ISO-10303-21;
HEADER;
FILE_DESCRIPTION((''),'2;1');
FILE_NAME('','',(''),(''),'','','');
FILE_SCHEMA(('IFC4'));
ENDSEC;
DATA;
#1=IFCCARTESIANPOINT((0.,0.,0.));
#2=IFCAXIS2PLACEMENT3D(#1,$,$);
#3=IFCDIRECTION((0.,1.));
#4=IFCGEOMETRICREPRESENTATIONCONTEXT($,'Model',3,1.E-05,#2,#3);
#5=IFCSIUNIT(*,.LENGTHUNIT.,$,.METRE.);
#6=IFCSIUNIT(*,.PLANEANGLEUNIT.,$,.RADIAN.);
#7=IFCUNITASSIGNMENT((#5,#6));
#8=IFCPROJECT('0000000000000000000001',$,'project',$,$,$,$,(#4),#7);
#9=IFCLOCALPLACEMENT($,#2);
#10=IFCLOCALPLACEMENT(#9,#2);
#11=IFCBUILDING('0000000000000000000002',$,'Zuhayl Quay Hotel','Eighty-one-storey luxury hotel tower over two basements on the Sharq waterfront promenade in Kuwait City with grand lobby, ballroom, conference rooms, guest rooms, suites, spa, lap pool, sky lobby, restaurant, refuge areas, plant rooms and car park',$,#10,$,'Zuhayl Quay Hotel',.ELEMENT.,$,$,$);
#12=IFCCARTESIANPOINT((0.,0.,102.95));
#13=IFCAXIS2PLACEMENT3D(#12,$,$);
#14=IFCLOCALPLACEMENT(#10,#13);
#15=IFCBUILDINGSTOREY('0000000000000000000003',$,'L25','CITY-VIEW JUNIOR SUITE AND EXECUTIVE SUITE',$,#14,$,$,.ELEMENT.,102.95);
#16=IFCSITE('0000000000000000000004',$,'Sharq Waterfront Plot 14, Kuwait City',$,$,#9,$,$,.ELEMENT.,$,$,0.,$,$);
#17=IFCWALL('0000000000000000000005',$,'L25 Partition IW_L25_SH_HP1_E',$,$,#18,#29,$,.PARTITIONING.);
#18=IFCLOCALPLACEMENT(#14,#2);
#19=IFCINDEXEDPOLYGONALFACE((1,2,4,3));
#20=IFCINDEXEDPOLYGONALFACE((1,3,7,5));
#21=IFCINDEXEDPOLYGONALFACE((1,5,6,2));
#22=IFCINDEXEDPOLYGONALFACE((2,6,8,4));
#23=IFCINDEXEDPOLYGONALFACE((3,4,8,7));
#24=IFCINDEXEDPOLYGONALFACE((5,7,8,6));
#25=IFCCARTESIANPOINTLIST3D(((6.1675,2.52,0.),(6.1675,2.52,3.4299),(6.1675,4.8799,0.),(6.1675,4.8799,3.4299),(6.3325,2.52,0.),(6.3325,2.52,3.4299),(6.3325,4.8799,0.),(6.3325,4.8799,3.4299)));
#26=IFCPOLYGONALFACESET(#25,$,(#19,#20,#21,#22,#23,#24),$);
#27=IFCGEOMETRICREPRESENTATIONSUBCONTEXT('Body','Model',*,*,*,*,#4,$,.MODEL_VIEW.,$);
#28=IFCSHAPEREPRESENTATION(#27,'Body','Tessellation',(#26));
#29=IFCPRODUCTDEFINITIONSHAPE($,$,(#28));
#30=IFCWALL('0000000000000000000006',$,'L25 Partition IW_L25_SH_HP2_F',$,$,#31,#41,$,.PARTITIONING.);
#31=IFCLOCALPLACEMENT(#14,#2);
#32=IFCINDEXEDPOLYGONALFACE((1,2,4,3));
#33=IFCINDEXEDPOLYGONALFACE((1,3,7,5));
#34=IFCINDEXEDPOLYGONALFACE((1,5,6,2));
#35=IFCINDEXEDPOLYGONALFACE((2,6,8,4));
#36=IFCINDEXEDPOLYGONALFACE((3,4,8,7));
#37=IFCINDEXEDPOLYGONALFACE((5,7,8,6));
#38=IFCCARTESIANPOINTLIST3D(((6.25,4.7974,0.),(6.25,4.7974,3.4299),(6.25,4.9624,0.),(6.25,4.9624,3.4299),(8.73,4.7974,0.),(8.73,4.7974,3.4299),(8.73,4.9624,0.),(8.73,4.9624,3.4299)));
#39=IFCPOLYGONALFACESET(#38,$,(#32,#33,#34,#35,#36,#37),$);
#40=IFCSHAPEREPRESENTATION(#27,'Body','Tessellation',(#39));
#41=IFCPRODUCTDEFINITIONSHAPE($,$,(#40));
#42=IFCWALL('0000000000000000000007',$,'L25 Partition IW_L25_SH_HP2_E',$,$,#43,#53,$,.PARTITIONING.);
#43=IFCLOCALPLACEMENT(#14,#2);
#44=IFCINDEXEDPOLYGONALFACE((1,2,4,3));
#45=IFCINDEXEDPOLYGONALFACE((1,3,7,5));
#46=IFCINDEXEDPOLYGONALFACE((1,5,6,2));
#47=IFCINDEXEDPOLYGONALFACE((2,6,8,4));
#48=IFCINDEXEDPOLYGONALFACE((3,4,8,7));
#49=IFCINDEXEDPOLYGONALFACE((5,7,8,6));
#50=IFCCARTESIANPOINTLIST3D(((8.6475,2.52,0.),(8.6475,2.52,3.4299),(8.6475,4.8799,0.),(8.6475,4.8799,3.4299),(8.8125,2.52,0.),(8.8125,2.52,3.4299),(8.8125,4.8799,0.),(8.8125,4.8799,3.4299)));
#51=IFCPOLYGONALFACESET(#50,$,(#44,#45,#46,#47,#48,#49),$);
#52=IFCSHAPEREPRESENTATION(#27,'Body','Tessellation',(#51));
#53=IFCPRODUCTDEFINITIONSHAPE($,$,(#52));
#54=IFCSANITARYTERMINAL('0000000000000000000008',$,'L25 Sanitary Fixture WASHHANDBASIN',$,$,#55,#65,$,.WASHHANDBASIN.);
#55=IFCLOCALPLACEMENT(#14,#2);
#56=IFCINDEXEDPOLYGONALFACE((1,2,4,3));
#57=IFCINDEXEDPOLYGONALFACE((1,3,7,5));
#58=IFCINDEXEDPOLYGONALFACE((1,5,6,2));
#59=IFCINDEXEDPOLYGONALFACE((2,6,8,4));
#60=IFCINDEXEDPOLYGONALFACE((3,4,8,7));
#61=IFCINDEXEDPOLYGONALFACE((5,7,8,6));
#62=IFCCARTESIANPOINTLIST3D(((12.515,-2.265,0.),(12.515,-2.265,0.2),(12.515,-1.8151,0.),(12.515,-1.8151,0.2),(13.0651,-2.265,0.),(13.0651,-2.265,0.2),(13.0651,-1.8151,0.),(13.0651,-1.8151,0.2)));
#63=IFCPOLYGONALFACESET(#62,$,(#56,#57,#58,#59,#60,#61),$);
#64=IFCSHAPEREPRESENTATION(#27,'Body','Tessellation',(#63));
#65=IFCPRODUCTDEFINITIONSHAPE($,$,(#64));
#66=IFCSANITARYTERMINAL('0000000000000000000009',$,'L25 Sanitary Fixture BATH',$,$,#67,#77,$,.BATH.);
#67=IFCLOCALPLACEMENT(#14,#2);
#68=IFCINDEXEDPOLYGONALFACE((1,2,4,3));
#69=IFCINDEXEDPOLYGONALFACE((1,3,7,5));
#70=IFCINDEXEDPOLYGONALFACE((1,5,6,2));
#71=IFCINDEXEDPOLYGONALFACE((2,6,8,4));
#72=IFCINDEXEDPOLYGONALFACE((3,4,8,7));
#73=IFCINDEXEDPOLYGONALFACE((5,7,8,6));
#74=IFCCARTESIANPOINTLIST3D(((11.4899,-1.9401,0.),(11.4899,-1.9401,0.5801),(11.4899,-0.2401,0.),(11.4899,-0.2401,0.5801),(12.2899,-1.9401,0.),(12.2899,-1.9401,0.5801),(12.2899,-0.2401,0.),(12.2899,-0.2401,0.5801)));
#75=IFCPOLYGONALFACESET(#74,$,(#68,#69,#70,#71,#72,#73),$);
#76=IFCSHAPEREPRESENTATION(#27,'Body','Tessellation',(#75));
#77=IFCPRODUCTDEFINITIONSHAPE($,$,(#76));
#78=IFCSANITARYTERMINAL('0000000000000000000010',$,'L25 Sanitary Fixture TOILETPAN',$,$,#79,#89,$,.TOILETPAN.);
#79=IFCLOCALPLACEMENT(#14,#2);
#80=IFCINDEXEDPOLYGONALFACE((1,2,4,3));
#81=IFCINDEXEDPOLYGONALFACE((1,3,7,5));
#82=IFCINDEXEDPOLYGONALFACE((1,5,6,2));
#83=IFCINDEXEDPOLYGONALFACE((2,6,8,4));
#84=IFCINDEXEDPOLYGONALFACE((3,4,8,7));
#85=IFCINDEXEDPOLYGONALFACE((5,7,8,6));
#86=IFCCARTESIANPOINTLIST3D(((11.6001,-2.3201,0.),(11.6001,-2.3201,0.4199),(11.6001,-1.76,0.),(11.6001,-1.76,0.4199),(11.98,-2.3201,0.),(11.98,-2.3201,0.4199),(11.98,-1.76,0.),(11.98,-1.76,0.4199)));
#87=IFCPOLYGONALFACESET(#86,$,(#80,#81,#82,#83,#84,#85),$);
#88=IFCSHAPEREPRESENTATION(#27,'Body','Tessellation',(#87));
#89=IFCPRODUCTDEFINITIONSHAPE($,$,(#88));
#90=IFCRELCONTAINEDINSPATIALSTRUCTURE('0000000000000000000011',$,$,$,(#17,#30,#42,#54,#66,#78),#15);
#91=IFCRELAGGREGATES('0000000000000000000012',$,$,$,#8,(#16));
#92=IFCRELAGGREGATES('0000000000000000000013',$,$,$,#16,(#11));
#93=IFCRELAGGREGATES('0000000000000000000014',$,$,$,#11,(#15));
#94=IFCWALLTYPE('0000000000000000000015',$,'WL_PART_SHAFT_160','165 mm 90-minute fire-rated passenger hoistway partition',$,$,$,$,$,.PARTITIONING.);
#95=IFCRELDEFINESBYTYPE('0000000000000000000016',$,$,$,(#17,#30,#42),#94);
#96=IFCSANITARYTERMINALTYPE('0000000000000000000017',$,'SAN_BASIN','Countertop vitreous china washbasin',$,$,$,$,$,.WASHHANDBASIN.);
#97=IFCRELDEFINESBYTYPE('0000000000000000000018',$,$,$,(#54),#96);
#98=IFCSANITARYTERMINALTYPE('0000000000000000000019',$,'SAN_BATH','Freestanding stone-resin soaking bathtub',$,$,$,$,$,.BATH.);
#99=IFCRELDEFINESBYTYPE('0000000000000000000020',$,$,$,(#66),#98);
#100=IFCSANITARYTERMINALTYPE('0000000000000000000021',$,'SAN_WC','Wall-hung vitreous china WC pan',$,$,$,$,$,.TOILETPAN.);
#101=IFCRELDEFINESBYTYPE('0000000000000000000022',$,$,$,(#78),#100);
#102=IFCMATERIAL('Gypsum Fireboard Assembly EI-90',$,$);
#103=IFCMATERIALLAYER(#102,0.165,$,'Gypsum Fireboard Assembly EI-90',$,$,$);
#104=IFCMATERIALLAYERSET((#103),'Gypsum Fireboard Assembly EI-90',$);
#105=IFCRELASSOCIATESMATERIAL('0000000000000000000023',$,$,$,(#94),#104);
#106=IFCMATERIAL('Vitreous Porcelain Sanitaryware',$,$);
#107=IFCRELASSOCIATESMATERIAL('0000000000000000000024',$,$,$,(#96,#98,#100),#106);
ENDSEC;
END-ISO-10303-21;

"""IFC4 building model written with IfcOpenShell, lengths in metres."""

from ifc_helpers import new_model, si_unit, direction, frame, frame_2d, origin, origin_2d, place, context, subcontext, project, spatial, rectangle, extrude, material, layer, layer_set, type_object, element, save


model = new_model("IFC4")

# Units and contexts
model_context = context("Model", 3, precision=1e-05, world=origin(), true_north=direction((0.0, 1.0)))
body_context = subcontext(model_context, "Body", "Model", "MODEL_VIEW")
ifc_project = project(units=[si_unit("LENGTHUNIT", "METRE"), si_unit("PLANEANGLEUNIT", "RADIAN")], contexts=[model_context])

# Site, building, storey
site_placement = place(None, origin())
site = spatial("IfcSite", under=ifc_project, at=site_placement, Name="Sharq Waterfront Plot 14, Kuwait City", CompositionType="ELEMENT", RefElevation=0.0)
building_placement = place(site_placement, origin())
building = spatial("IfcBuilding", under=site, at=building_placement, Name="Zuhayl Quay Hotel", Description="Eighty-one-storey luxury hotel tower over two basements on the Sharq waterfront promenade in Kuwait City with grand lobby, ballroom, conference rooms, guest rooms, suites, spa, lap pool, sky lobby, restaurant, refuge areas, plant rooms and car park", LongName="Zuhayl Quay Hotel", CompositionType="ELEMENT")
storey_placement = place(building_placement, frame((0.0, 0.0, 102.95)))
storey = spatial("IfcBuildingStorey", under=building, at=storey_placement, Name="L25", Description="CITY-VIEW JUNIOR SUITE AND EXECUTIVE SUITE", CompositionType="ELEMENT", Elevation=102.95)

# Walls
ifc_material_1 = material(Name="Gypsum Fireboard Assembly EI-90")
ifc_layer_1 = layer(ifc_material_1, 0.165, Name="Gypsum Fireboard Assembly EI-90")
ifc_layer_set_1 = layer_set([ifc_layer_1], Name="Gypsum Fireboard Assembly EI-90")
wall_type_1 = type_object("IfcWallType", Name="WL_PART_SHAFT_160", Description="165 mm 90-minute fire-rated passenger hoistway partition", PredefinedType="PARTITIONING", material=ifc_layer_set_1)
wall_1_placement = place(storey_placement, frame((6.25, 2.52, 0.0), z_axis=(0.0, 0.0, 1.0), x_axis=(0.0, 1.0, 0.0)))
element("IfcWall", 1, at=wall_1_placement, inside=storey, type_object=wall_type_1, Name="L25 Partition IW_L25_SH_HP1_E", PredefinedType="PARTITIONING", context=body_context, shape_type="SweptSolid", body=[
    extrude(rectangle(XDim=2.3599, YDim=0.165, at=frame_2d((1.1799, 0.0))), origin(), (0.0, 0.0, 1.0), 3.4299),
])
wall_2_placement = place(storey_placement, frame((6.25, 4.8799, 0.0), z_axis=(0.0, 0.0, 1.0), x_axis=(1.0, 0.0, 0.0)))
element("IfcWall", 2, at=wall_2_placement, inside=storey, type_object=wall_type_1, Name="L25 Partition IW_L25_SH_HP2_F", PredefinedType="PARTITIONING", context=body_context, shape_type="SweptSolid", body=[
    extrude(rectangle(XDim=2.48, YDim=0.165, at=frame_2d((1.24, 0.0))), origin(), (0.0, 0.0, 1.0), 3.4299),
])
wall_3_placement = place(storey_placement, frame((8.73, 2.52, 0.0), z_axis=(0.0, 0.0, 1.0), x_axis=(0.0, 1.0, 0.0)))
element("IfcWall", 3, at=wall_3_placement, inside=storey, type_object=wall_type_1, Name="L25 Partition IW_L25_SH_HP2_E", PredefinedType="PARTITIONING", context=body_context, shape_type="SweptSolid", body=[
    extrude(rectangle(XDim=2.3599, YDim=0.165, at=frame_2d((1.1799, 0.0))), origin(), (0.0, 0.0, 1.0), 3.4299),
])

# Sanitary terminals
ifc_material_2 = material(Name="Vitreous Porcelain Sanitaryware")
sanitary_terminal_type_1 = type_object("IfcSanitaryTerminalType", Name="SAN_BASIN", Description="Countertop vitreous china washbasin", PredefinedType="WASHHANDBASIN", material=ifc_material_2)
sanitary_terminal_1_placement = place(storey_placement, frame((12.79, -2.04, 0.0), z_axis=(0.0, 0.0, 1.0), x_axis=(1.0, 0.0, 0.0)))
element("IfcSanitaryTerminal", 4, at=sanitary_terminal_1_placement, inside=storey, type_object=sanitary_terminal_type_1, Name="L25 Sanitary Fixture WASHHANDBASIN", PredefinedType="WASHHANDBASIN", context=body_context, shape_type="SweptSolid", body=[
    extrude(rectangle(XDim=0.55, YDim=0.45, at=origin_2d()), origin(), (0.0, 0.0, 1.0), 0.2),
])
sanitary_terminal_type_2 = type_object("IfcSanitaryTerminalType", Name="SAN_BATH", Description="Freestanding stone-resin soaking bathtub", PredefinedType="BATH", material=ifc_material_2)
sanitary_terminal_2_placement = place(storey_placement, frame((11.8899, -1.0901, 0.0), z_axis=(0.0, 0.0, 1.0), x_axis=(1.0, 0.0, 0.0)))
element("IfcSanitaryTerminal", 5, at=sanitary_terminal_2_placement, inside=storey, type_object=sanitary_terminal_type_2, Name="L25 Sanitary Fixture BATH", PredefinedType="BATH", context=body_context, shape_type="SweptSolid", body=[
    extrude(rectangle(XDim=0.8, YDim=1.7, at=origin_2d()), origin(), (0.0, 0.0, 1.0), 0.5801),
])
sanitary_terminal_type_3 = type_object("IfcSanitaryTerminalType", Name="SAN_WC", Description="Wall-hung vitreous china WC pan", PredefinedType="TOILETPAN", material=ifc_material_2)
sanitary_terminal_3_placement = place(storey_placement, frame((11.79, -2.04, 0.0), z_axis=(0.0, 0.0, 1.0), x_axis=(1.0, 0.0, 0.0)))
element("IfcSanitaryTerminal", 6, at=sanitary_terminal_3_placement, inside=storey, type_object=sanitary_terminal_type_3, Name="L25 Sanitary Fixture TOILETPAN", PredefinedType="TOILETPAN", context=body_context, shape_type="SweptSolid", body=[
    extrude(rectangle(XDim=0.3799, YDim=0.5601, at=origin_2d()), origin(), (0.0, 0.0, 1.0), 0.4199),
])

save(model, "model.ifc")
